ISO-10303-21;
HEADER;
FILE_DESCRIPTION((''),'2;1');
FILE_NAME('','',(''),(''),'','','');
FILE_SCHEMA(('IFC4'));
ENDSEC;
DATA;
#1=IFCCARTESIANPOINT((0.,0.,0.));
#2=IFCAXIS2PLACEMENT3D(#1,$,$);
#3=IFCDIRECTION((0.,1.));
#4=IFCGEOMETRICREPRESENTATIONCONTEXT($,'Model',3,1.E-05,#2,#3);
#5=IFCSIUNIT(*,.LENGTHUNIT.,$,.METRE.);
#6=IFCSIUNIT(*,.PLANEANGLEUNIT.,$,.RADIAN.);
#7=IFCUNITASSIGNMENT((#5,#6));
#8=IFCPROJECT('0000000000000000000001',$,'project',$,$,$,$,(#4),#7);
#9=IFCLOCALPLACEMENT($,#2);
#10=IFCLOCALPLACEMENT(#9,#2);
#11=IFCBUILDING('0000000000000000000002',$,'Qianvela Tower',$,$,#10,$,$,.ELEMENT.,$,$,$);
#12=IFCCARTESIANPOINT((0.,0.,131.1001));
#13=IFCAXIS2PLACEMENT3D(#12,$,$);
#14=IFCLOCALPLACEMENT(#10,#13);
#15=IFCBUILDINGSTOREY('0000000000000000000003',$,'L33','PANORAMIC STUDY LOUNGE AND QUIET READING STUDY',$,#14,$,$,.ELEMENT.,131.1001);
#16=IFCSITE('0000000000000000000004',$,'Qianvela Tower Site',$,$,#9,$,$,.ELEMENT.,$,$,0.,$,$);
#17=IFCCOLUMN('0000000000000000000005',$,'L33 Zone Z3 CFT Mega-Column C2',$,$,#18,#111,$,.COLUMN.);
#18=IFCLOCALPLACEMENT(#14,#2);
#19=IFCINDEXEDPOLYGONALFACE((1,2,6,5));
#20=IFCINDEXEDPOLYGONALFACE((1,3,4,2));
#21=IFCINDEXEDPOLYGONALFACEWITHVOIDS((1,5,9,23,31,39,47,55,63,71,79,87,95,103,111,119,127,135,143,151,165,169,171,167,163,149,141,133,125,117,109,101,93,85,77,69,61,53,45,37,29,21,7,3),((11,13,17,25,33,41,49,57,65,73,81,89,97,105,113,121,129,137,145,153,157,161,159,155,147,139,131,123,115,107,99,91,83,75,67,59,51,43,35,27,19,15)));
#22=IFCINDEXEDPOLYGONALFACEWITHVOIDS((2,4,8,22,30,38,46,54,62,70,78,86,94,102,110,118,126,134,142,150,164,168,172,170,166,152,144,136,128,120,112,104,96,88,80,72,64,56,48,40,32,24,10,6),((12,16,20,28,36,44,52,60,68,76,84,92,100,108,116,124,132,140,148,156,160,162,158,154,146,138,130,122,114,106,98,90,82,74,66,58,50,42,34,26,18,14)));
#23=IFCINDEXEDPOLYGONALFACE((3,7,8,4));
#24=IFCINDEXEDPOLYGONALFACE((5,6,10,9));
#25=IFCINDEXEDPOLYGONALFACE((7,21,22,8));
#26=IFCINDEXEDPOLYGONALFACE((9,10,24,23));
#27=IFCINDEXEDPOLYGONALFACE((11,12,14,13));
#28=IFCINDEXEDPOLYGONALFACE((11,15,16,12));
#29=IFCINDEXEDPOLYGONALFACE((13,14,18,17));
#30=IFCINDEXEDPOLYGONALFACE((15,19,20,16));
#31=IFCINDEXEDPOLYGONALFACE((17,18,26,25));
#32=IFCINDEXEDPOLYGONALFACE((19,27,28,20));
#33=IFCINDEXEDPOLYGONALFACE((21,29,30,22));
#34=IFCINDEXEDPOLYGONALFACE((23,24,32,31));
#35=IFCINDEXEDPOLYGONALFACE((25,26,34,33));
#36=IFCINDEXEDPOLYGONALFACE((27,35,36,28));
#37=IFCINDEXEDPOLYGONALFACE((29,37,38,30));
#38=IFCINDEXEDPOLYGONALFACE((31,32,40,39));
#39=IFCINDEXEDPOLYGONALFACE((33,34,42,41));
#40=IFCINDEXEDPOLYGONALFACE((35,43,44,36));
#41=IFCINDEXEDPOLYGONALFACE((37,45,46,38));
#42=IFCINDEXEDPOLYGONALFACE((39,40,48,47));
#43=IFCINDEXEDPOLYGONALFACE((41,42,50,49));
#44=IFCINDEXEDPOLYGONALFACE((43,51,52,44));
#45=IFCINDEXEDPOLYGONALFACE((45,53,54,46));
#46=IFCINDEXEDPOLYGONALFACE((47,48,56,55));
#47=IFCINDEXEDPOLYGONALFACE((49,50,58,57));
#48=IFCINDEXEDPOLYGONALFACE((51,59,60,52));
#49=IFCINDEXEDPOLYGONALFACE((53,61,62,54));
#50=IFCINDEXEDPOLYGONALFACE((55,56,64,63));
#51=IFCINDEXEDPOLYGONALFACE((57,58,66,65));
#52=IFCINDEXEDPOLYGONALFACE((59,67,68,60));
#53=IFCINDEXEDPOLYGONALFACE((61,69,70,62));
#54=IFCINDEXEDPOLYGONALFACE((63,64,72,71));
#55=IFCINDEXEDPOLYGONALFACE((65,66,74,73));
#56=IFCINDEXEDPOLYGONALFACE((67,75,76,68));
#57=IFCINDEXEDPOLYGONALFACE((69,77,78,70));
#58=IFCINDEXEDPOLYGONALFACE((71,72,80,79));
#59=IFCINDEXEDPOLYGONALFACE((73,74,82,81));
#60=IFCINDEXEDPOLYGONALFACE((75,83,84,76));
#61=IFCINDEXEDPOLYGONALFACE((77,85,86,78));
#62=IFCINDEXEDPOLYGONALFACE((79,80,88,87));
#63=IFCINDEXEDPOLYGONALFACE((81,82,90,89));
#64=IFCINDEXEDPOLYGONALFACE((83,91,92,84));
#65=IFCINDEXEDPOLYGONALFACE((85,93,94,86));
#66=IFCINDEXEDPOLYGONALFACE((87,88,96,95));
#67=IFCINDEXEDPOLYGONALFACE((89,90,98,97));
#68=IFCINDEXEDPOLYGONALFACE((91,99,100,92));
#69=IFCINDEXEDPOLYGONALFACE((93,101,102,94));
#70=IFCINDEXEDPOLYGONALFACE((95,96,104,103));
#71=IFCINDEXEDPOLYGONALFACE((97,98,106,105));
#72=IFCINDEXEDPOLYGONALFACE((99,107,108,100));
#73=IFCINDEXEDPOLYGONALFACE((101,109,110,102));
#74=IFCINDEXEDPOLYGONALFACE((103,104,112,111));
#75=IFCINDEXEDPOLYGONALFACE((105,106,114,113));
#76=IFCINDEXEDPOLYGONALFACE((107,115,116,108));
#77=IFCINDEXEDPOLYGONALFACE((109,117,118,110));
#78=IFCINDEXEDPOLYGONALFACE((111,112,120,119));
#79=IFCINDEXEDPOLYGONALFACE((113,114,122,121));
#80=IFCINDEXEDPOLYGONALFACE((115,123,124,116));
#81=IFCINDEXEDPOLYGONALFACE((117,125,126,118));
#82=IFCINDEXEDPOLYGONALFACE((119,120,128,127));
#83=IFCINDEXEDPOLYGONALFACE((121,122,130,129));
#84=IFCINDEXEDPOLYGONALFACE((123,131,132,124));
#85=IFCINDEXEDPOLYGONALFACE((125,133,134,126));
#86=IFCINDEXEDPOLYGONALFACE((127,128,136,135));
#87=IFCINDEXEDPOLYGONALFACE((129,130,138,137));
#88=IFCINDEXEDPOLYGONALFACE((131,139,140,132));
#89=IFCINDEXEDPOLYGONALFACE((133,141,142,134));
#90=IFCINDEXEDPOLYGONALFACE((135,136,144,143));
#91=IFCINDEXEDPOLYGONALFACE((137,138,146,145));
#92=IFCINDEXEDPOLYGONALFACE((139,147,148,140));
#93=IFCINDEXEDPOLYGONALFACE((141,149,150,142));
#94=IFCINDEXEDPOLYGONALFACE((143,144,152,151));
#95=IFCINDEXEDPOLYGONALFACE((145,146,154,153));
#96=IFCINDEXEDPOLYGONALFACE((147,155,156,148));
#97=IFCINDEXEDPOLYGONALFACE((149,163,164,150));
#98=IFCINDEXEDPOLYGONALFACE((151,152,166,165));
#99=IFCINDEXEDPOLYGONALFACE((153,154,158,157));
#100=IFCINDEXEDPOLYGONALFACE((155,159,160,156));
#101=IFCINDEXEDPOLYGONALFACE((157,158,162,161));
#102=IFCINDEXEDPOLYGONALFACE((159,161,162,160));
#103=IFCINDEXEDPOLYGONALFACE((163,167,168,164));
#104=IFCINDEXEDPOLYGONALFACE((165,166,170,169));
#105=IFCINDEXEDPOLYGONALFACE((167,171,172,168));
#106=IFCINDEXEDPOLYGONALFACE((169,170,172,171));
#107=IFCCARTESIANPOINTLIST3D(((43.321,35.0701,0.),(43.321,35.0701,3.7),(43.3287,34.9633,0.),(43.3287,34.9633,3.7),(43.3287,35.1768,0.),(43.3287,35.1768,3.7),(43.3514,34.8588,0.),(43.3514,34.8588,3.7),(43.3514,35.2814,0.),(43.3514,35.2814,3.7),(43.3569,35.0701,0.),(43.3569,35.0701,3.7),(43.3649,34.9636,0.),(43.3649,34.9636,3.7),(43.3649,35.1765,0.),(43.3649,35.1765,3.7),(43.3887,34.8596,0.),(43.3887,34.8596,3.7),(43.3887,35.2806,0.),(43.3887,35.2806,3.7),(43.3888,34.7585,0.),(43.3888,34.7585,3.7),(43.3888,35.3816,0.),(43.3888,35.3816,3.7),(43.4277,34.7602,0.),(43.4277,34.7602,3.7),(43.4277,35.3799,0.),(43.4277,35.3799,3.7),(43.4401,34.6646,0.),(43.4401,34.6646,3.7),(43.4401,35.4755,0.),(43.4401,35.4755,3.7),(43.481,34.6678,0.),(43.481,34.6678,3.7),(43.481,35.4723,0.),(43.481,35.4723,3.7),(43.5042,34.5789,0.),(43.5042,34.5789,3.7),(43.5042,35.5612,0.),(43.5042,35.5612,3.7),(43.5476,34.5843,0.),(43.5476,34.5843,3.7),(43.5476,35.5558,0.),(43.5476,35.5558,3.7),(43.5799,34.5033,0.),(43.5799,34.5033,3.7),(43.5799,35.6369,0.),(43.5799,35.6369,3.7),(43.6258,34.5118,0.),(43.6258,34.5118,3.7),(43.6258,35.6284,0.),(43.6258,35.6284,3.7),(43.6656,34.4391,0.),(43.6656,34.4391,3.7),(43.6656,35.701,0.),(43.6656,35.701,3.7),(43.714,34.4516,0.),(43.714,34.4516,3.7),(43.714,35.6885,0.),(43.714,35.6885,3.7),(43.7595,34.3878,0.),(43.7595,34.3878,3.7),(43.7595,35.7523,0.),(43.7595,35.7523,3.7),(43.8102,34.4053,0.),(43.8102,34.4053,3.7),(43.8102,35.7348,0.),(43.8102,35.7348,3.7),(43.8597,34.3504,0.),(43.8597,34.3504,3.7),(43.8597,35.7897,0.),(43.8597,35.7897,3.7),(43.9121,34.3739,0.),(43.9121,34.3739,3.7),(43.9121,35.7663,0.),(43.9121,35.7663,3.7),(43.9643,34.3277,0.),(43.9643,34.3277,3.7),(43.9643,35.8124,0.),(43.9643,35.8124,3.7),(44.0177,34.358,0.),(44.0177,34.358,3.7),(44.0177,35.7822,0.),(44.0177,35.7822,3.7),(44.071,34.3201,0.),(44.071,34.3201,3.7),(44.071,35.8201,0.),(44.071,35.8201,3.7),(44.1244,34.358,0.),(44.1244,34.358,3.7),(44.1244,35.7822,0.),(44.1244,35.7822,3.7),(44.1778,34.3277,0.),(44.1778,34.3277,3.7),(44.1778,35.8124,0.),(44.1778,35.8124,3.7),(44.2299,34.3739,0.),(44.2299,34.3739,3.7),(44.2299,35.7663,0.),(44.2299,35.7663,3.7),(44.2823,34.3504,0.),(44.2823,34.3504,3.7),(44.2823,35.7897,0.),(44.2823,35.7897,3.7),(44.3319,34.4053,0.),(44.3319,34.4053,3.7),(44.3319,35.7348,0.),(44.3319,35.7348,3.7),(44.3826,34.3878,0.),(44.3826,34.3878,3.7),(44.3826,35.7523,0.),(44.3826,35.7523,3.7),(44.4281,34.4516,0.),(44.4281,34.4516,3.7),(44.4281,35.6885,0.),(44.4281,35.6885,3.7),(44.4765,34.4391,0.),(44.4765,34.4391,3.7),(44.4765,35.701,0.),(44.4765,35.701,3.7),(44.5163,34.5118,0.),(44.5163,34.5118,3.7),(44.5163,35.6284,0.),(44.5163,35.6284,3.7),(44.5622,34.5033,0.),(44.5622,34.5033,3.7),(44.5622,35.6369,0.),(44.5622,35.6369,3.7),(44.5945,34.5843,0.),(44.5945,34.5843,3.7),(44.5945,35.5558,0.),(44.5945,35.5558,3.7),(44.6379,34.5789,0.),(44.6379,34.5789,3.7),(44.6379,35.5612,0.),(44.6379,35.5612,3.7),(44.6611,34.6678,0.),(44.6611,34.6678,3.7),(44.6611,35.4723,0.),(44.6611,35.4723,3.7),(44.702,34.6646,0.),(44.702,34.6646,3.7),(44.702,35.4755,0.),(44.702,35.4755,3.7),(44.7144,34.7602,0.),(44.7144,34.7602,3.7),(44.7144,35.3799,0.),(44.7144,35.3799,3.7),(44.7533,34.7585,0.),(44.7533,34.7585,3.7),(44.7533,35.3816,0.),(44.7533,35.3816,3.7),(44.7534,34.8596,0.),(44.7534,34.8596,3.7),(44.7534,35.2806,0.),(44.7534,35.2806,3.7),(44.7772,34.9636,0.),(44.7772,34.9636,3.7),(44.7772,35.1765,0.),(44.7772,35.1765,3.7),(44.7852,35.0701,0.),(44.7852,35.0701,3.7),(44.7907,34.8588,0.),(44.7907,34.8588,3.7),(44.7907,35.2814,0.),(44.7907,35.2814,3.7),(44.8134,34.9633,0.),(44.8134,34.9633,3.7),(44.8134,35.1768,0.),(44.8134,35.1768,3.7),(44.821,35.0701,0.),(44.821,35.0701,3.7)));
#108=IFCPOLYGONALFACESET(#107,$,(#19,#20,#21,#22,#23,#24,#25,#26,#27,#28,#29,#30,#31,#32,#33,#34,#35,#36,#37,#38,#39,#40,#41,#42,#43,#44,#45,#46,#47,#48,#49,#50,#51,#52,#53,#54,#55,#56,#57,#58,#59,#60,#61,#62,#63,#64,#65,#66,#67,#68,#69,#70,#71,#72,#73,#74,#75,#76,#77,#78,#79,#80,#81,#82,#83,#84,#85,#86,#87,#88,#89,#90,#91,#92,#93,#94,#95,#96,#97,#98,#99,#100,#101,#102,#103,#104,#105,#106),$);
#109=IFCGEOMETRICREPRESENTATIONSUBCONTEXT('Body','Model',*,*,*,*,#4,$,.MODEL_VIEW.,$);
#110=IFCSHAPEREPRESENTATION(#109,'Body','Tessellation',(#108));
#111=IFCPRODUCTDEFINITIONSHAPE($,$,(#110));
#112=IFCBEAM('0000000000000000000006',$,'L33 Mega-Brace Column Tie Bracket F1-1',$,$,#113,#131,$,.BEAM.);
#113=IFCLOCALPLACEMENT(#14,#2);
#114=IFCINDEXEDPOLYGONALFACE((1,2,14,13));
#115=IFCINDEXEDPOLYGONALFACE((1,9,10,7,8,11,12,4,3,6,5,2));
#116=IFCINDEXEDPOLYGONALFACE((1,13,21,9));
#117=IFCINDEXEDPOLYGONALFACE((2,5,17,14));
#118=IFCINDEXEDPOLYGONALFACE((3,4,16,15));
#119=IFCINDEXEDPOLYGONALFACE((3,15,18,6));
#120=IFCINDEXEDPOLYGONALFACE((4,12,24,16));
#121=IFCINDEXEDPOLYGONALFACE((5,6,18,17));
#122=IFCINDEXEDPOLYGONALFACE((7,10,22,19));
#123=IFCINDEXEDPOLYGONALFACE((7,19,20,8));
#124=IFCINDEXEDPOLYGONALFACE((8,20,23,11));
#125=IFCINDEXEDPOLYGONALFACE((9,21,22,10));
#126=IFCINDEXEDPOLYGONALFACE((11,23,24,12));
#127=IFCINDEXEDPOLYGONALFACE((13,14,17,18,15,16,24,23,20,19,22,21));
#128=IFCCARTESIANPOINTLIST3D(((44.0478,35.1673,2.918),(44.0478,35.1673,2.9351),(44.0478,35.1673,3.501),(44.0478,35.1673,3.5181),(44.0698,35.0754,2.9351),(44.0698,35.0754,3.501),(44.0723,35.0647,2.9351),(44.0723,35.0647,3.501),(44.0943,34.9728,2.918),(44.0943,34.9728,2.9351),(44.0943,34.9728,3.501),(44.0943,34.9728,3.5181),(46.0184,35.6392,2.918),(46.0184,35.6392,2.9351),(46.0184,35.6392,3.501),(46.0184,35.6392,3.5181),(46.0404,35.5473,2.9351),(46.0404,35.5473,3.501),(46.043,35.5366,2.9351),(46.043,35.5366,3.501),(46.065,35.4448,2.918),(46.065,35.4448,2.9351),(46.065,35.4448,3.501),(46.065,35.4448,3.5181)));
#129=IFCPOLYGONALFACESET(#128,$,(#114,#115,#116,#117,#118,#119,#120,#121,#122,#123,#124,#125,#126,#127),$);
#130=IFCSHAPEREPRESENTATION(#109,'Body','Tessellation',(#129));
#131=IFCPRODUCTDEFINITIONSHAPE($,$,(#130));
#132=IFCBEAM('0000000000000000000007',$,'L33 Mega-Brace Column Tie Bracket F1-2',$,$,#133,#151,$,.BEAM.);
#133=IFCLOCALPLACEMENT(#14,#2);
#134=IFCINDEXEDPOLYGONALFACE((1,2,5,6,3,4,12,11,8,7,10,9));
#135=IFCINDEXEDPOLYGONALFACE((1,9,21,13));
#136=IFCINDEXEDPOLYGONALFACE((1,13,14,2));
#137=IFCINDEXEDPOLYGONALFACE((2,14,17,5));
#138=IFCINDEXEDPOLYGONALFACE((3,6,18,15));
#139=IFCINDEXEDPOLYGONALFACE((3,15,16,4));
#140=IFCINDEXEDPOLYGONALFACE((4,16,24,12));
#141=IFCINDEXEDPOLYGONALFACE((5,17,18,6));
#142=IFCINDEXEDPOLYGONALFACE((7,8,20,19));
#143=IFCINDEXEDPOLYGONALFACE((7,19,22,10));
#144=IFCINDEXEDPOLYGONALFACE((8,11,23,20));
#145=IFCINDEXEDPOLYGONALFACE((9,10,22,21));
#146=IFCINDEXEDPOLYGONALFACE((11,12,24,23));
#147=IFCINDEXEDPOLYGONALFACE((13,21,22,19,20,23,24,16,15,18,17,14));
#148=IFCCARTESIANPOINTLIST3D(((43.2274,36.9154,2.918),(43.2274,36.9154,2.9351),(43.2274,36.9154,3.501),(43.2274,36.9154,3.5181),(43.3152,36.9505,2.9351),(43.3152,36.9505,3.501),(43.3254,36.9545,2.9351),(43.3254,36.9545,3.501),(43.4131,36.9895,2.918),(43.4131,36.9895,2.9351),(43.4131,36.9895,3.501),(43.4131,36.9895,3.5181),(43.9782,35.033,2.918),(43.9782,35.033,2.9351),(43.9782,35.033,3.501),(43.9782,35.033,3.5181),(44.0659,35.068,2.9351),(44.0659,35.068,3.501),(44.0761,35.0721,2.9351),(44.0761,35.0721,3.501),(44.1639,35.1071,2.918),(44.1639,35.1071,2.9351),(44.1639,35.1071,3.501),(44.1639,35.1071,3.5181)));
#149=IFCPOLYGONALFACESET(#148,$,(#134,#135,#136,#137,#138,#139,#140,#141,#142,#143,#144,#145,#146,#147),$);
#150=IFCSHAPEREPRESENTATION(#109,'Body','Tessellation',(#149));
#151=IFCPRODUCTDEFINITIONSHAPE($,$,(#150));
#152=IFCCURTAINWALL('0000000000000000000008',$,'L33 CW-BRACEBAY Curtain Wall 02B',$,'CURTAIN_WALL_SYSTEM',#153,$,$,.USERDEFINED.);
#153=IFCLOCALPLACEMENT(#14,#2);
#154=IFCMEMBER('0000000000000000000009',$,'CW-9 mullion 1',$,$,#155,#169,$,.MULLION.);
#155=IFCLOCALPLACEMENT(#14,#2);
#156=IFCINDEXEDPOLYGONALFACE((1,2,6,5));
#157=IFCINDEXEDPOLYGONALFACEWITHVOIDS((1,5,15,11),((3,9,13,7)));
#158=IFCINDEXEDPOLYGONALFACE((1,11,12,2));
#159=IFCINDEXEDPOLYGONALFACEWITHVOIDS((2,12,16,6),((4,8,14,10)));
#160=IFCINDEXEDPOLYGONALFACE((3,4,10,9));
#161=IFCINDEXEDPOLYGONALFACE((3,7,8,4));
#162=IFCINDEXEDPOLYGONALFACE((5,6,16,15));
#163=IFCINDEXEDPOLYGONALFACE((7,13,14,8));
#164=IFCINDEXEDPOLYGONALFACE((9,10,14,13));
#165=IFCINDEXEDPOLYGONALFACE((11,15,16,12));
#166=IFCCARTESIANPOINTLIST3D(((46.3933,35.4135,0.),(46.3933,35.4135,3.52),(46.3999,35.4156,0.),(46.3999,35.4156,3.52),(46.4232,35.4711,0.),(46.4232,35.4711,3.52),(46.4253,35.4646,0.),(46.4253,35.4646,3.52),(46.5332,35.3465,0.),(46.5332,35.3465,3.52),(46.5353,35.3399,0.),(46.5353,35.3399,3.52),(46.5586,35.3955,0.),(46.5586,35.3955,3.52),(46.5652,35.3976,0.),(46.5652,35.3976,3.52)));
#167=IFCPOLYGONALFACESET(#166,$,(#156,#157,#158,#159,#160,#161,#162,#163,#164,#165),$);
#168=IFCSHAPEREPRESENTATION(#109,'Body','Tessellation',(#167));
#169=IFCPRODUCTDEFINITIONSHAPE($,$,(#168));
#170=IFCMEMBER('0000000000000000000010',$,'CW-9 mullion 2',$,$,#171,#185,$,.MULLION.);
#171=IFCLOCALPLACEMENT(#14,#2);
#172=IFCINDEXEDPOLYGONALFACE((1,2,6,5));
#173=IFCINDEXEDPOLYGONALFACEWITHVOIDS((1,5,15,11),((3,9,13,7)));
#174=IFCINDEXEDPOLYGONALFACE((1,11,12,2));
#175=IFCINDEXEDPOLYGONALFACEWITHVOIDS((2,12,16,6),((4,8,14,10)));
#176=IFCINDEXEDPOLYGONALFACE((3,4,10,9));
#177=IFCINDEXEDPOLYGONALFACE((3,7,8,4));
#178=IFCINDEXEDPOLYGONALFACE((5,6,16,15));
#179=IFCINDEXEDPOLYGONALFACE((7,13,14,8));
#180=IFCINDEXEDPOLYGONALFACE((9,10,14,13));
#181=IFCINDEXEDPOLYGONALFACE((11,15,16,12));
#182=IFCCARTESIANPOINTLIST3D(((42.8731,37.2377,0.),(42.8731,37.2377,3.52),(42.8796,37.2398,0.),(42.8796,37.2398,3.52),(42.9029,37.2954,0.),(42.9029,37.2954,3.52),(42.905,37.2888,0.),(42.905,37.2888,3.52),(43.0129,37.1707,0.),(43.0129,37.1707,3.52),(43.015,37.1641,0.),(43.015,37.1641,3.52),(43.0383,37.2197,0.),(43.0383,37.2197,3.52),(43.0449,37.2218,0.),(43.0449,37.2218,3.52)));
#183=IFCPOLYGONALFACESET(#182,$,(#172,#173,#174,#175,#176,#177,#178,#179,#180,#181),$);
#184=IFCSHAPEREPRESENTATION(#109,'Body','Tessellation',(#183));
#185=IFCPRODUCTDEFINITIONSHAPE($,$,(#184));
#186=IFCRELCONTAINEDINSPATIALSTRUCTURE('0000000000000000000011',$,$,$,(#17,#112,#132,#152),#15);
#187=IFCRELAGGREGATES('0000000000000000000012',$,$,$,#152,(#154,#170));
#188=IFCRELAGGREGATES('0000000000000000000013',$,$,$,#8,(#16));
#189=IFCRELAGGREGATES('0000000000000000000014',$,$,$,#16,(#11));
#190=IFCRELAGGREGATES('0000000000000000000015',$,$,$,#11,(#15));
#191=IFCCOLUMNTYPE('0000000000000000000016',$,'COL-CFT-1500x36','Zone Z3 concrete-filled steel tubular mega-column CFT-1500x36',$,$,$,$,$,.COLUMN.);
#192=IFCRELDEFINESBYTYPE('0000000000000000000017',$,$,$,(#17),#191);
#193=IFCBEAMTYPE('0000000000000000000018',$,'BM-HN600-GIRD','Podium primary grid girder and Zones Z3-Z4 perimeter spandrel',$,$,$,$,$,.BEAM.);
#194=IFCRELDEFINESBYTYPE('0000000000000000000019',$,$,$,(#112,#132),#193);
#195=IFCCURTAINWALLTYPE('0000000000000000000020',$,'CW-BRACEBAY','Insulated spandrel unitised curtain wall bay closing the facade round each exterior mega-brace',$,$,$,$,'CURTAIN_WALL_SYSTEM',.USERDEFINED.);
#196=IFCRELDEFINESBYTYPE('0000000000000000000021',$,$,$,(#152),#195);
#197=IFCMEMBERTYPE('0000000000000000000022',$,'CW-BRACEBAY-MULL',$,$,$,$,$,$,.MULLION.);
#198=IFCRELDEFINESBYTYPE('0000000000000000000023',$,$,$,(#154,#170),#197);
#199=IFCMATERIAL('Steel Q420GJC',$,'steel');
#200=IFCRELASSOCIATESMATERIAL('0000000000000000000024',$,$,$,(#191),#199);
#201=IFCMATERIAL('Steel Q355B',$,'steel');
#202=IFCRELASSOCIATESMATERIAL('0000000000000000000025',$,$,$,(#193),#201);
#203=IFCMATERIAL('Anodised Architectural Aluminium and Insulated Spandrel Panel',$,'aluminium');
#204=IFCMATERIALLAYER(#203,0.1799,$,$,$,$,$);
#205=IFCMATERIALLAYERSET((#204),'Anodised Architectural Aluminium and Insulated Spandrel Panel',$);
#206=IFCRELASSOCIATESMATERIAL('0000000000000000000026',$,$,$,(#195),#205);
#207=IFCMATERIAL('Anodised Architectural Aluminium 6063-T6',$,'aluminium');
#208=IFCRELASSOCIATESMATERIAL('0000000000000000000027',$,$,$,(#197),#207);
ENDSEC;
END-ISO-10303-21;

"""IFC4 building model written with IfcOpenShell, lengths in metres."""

from ifc_helpers import new_model, si_unit, direction, frame, origin, origin_2d, place, context, subcontext, project, spatial, hollow_rectangle, hollow_circle, i_section, extrude, material, layer, layer_set, material_profile, profile_set, type_object, element, aggregate, save


model = new_model("IFC4")

# Units and contexts
model_context = context("Model", 3, precision=1e-05, world=origin(), true_north=direction((0.0, 1.0)))
body_context = subcontext(model_context, "Body", "Model", "MODEL_VIEW")
ifc_project = project(units=[si_unit("LENGTHUNIT", "METRE"), si_unit("PLANEANGLEUNIT", "RADIAN")], contexts=[model_context])

# Site, building, storey
site_placement = place(None, origin())
site = spatial("IfcSite", under=ifc_project, at=site_placement, Name="Qianvela Tower Site", CompositionType="ELEMENT", RefElevation=0.0)
building_placement = place(site_placement, origin())
building = spatial("IfcBuilding", under=site, at=building_placement, Name="Qianvela Tower", CompositionType="ELEMENT")
storey_placement = place(building_placement, frame((0.0, 0.0, 131.1001)))
storey = spatial("IfcBuildingStorey", under=building, at=storey_placement, Name="L33", Description="PANORAMIC STUDY LOUNGE AND QUIET READING STUDY", CompositionType="ELEMENT", Elevation=131.1001)

# Column
ifc_material_1 = material(Name="Steel Q420GJC", Category="steel")
ifc_material_profile_1 = material_profile(ifc_material_1, hollow_circle(Radius=0.75, WallThickness=0.0359, at=origin_2d()), Name="CFT-1500x36")
ifc_profile_set_1 = profile_set([ifc_material_profile_1], Name="Steel Q420GJC")
column_type = type_object("IfcColumnType", Name="COL-CFT-1500x36", Description="Zone Z3 concrete-filled steel tubular mega-column CFT-1500x36", PredefinedType="COLUMN", material=ifc_profile_set_1)
column_placement = place(storey_placement, frame((44.071, 35.0701, 0.0), z_axis=(0.0, 0.0, 1.0), x_axis=(1.0, 0.0, 0.0)))
element("IfcColumn", 1, at=column_placement, inside=storey, type_object=column_type, Name="L33 Zone Z3 CFT Mega-Column C2", PredefinedType="COLUMN", context=body_context, shape_type="SweptSolid", body=[
    extrude(hollow_circle(Radius=0.75, WallThickness=0.0359, at=origin_2d()), origin(), (0.0, 0.0, 1.0), 3.7),
])

# Beams
ifc_material_2 = material(Name="Steel Q355B", Category="steel")
ifc_material_profile_2 = material_profile(ifc_material_2, i_section(OverallWidth=0.2, OverallDepth=0.6001, WebThickness=0.011, FlangeThickness=0.0171, at=origin_2d()), Name="HN600x200x11x17")
ifc_profile_set_2 = profile_set([ifc_material_profile_2], Name="Steel Q355B")
beam_type = type_object("IfcBeamType", Name="BM-HN600-GIRD", Description="Podium primary grid girder and Zones Z3-Z4 perimeter spandrel", PredefinedType="BEAM", material=ifc_profile_set_2)
beam_1_placement = place(storey_placement, frame((44.071, 35.0701, 3.218), z_axis=(0.972504, 0.232885, 0.0), x_axis=(-0.232885, 0.972504, 0.0)))
element("IfcBeam", 2, at=beam_1_placement, inside=storey, type_object=beam_type, Name="L33 Mega-Brace Column Tie Bracket F1-1", PredefinedType="BEAM", context=body_context, shape_type="SweptSolid", body=[
    extrude(i_section(OverallWidth=0.2, OverallDepth=0.6001, WebThickness=0.011, FlangeThickness=0.0171, at=origin_2d()), origin(), (0.0, 0.0, 1.0), 2.0264),
])
beam_2_placement = place(storey_placement, frame((44.071, 35.0701, 3.218), z_axis=(-0.370456, 0.92885, 0.0), x_axis=(-0.92885, -0.370456, 0.0)))
element("IfcBeam", 3, at=beam_2_placement, inside=storey, type_object=beam_type, Name="L33 Mega-Brace Column Tie Bracket F1-2", PredefinedType="BEAM", context=body_context, shape_type="SweptSolid", body=[
    extrude(i_section(OverallWidth=0.2, OverallDepth=0.6001, WebThickness=0.011, FlangeThickness=0.0171, at=origin_2d()), origin(), (0.0, 0.0, 1.0), 2.0266),
])

# Curtain wall, members
ifc_material_3 = material(Name="Anodised Architectural Aluminium and Insulated Spandrel Panel", Category="aluminium")
ifc_layer_1 = layer(ifc_material_3, 0.1799)
ifc_layer_set_1 = layer_set([ifc_layer_1], Name="Anodised Architectural Aluminium and Insulated Spandrel Panel")
curtain_wall_type_1 = type_object("IfcCurtainWallType", Name="CW-BRACEBAY", Description="Insulated spandrel unitised curtain wall bay closing the facade round each exterior mega-brace", ElementType="CURTAIN_WALL_SYSTEM", PredefinedType="USERDEFINED", material=ifc_layer_set_1)
curtain_wall_1_placement = place(storey_placement, origin())
curtain_wall_1 = element("IfcCurtainWall", 4, at=curtain_wall_1_placement, inside=storey, type_object=curtain_wall_type_1, Name="L33 CW-BRACEBAY Curtain Wall 02B", ObjectType="CURTAIN_WALL_SYSTEM", PredefinedType="USERDEFINED")
ifc_material_4 = material(Name="Anodised Architectural Aluminium 6063-T6", Category="aluminium")
ifc_material_profile_3 = material_profile(ifc_material_4, hollow_rectangle(XDim=0.0649, YDim=0.1599, WallThickness=0.0049, at=origin_2d()), Name="ALU-MULL-65x160")
ifc_profile_set_3 = profile_set([ifc_material_profile_3], Name="Anodised Architectural Aluminium 6063-T6")
member_type_1 = type_object("IfcMemberType", Name="CW-BRACEBAY-MULL", PredefinedType="MULLION", material=ifc_profile_set_3)
member_1_placement = place(storey_placement, frame((46.4792, 35.4055, 0.0), z_axis=(0.0, 0.0, 1.0), x_axis=(-0.46008, -0.887877, 0.0)))
member_1 = element("IfcMember", 5, at=member_1_placement, type_object=member_type_1, Name="CW-9 mullion 1", PredefinedType="MULLION", context=body_context, shape_type="SweptSolid", body=[
    extrude(hollow_rectangle(XDim=0.0649, YDim=0.1599, WallThickness=0.0049, at=origin_2d()), origin(), (0.0, 0.0, 1.0), 3.52),
])
member_2_placement = place(storey_placement, frame((42.959, 37.2297, 0.0), z_axis=(0.0, 0.0, 1.0), x_axis=(-0.46008, -0.887877, 0.0)))
member_2 = element("IfcMember", 6, at=member_2_placement, type_object=member_type_1, Name="CW-9 mullion 2", PredefinedType="MULLION", context=body_context, shape_type="SweptSolid", body=[
    extrude(hollow_rectangle(XDim=0.0649, YDim=0.1599, WallThickness=0.0049, at=origin_2d()), origin(), (0.0, 0.0, 1.0), 3.52),
])

aggregate(curtain_wall_1, [member_1, member_2])

save(model, "model.ifc")
